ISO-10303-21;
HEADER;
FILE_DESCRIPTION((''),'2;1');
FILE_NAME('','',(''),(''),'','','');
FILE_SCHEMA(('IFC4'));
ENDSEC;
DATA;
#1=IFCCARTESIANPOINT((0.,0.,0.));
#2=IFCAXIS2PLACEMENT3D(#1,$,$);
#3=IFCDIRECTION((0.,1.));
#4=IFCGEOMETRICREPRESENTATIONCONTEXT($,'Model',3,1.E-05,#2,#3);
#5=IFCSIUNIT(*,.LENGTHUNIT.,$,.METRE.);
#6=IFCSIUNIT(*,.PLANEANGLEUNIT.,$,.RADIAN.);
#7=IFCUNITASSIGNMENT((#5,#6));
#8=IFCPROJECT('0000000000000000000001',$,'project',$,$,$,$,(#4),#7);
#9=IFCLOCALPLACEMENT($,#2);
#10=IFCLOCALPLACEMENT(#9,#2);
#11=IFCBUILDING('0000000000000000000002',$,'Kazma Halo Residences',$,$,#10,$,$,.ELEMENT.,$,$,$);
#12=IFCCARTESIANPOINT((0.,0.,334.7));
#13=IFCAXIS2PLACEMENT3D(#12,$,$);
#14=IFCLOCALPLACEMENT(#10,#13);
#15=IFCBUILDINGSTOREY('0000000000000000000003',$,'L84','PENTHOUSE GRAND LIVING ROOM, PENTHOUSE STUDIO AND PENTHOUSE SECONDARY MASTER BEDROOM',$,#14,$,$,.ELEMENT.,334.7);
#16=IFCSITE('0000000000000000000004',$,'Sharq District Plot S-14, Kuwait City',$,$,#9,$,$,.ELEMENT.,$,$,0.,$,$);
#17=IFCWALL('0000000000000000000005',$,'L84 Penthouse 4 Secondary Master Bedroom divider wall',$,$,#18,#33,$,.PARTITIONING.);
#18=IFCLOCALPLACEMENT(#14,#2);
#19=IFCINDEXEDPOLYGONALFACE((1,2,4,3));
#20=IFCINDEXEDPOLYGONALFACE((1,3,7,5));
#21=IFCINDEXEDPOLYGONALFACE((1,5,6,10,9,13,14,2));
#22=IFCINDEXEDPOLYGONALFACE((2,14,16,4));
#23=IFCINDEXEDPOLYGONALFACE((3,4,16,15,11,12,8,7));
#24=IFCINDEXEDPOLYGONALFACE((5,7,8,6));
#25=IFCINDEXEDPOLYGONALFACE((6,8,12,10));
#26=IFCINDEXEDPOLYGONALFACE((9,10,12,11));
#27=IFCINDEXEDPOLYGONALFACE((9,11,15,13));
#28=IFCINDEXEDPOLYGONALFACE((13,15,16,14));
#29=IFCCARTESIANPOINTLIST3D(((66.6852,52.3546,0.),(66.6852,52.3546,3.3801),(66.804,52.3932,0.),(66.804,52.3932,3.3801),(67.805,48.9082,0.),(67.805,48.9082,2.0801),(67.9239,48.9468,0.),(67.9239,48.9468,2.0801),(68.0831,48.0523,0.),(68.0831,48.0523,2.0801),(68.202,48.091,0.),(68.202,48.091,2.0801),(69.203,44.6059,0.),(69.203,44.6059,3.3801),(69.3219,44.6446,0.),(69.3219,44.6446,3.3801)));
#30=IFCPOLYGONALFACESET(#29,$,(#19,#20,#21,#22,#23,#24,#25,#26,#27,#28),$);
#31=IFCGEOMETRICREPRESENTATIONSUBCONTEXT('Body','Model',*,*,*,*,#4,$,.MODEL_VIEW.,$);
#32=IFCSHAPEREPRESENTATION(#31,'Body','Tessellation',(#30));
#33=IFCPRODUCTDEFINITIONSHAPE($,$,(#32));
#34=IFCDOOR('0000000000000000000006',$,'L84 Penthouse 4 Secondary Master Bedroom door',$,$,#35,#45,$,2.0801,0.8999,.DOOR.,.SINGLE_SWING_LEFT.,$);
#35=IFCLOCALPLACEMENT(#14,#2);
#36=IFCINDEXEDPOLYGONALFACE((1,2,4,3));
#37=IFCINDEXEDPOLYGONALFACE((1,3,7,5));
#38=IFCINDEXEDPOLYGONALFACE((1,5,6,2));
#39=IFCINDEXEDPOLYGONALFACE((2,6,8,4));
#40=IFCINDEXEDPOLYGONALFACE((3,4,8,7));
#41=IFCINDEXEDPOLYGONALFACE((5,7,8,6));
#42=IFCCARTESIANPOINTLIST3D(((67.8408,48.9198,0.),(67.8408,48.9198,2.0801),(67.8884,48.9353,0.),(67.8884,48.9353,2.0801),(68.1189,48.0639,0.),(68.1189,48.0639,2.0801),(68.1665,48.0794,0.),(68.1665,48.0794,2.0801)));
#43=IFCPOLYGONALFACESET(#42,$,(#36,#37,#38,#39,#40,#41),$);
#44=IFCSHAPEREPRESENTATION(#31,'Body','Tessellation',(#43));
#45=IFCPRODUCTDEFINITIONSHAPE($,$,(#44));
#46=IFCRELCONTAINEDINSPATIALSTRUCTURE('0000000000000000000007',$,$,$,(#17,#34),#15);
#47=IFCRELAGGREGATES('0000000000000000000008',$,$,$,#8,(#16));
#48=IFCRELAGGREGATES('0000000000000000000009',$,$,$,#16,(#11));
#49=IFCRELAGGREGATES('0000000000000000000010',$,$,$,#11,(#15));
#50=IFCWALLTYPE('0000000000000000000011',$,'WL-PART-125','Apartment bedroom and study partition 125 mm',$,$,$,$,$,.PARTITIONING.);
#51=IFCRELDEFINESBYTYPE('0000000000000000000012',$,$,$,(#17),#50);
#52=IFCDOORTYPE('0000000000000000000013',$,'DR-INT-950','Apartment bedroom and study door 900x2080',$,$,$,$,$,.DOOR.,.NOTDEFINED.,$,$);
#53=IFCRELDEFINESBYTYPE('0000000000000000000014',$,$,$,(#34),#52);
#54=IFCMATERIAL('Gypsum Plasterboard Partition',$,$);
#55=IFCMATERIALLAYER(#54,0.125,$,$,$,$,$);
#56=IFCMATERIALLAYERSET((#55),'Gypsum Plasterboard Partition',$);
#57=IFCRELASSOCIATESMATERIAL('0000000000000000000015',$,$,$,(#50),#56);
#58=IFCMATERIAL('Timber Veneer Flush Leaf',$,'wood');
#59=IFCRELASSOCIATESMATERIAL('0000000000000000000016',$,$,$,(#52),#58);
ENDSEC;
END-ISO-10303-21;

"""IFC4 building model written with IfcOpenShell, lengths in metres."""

from ifc_helpers import new_model, si_unit, direction, frame, frame_2d, origin, place, context, subcontext, project, spatial, rectangle, extrude, material, layer, layer_set, type_object, element, fill, save


model = new_model("IFC4")

# Units and contexts
model_context = context("Model", 3, precision=1e-05, world=origin(), true_north=direction((0.0, 1.0)))
body_context = subcontext(model_context, "Body", "Model", "MODEL_VIEW")
ifc_project = project(units=[si_unit("LENGTHUNIT", "METRE"), si_unit("PLANEANGLEUNIT", "RADIAN")], contexts=[model_context])

# Site, building, storey
site_placement = place(None, origin())
site = spatial("IfcSite", under=ifc_project, at=site_placement, Name="Sharq District Plot S-14, Kuwait City", CompositionType="ELEMENT", RefElevation=0.0)
building_placement = place(site_placement, origin())
building = spatial("IfcBuilding", under=site, at=building_placement, Name="Kazma Halo Residences", CompositionType="ELEMENT")
storey_placement = place(building_placement, frame((0.0, 0.0, 334.7)))
storey = spatial("IfcBuildingStorey", under=building, at=storey_placement, Name="L84", Description="PENTHOUSE GRAND LIVING ROOM, PENTHOUSE STUDIO AND PENTHOUSE SECONDARY MASTER BEDROOM", CompositionType="ELEMENT", Elevation=334.7)

# Shared definitions
ifc_material_1 = material(Name="Gypsum Plasterboard Partition")
ifc_layer_1 = layer(ifc_material_1, 0.125)
ifc_layer_set_1 = layer_set([ifc_layer_1], Name="Gypsum Plasterboard Partition")
wall_type_1 = type_object("IfcWallType", Name="WL-PART-125", Description="Apartment bedroom and study partition 125 mm", PredefinedType="PARTITIONING", material=ifc_layer_set_1)

# Wall, opening, door
ifc_material_2 = material(Name="Timber Veneer Flush Leaf", Category="wood")
door_type_1 = type_object("IfcDoorType", Name="DR-INT-950", Description="Apartment bedroom and study door 900x2080", OperationType="NOTDEFINED", PredefinedType="DOOR", material=ifc_material_2)
wall_1_placement = place(storey_placement, frame((69.2625, 44.6252, 0.0), z_axis=(0.0, 0.0, 1.0), x_axis=(-0.309036, 0.95105, 0.0)))
wall_1 = element("IfcWall", 1, at=wall_1_placement, inside=storey, type_object=wall_type_1, Name="L84 Penthouse 4 Secondary Master Bedroom divider wall", PredefinedType="PARTITIONING", context=body_context, shape_type="SweptSolid", body=[
    extrude(rectangle(XDim=8.1475, YDim=0.125, at=frame_2d((4.0737, 0.0))), origin(), (0.0, 0.0, 1.0), 3.3801),
])
opening_1_placement = place(wall_1_placement, frame((3.6238, 0.0, 0.0)))
opening_1 = element("IfcOpeningElement", 2, at=opening_1_placement, cuts=wall_1, PredefinedType="OPENING", context=body_context, shape_type="SweptSolid", body=[
    extrude(rectangle(XDim=0.8999, YDim=2.0801, at=frame_2d((0.45, 1.04))), frame((0.0, 0.0725, 0.0), z_axis=(0.0, -1.0, 0.0), x_axis=(1.0, 0.0, 0.0)), (0.0, 0.0, 1.0), 0.145),
])
door_1_placement = place(opening_1_placement, origin())
door_1 = element("IfcDoor", 3, at=door_1_placement, inside=storey, type_object=door_type_1, Name="L84 Penthouse 4 Secondary Master Bedroom door", OperationType="SINGLE_SWING_LEFT", OverallHeight=2.0801, OverallWidth=0.8999, PredefinedType="DOOR", context=body_context, shape_type="SweptSolid", body=[
    extrude(rectangle(XDim=0.8999, YDim=2.0801, at=frame_2d((0.45, 1.04))), frame((0.0, 0.0249, 0.0), z_axis=(0.0, -1.0, 0.0), x_axis=(1.0, 0.0, 0.0)), (0.0, 0.0, 1.0), 0.05),
])
fill(opening_1, door_1)

save(model, "model.ifc")
